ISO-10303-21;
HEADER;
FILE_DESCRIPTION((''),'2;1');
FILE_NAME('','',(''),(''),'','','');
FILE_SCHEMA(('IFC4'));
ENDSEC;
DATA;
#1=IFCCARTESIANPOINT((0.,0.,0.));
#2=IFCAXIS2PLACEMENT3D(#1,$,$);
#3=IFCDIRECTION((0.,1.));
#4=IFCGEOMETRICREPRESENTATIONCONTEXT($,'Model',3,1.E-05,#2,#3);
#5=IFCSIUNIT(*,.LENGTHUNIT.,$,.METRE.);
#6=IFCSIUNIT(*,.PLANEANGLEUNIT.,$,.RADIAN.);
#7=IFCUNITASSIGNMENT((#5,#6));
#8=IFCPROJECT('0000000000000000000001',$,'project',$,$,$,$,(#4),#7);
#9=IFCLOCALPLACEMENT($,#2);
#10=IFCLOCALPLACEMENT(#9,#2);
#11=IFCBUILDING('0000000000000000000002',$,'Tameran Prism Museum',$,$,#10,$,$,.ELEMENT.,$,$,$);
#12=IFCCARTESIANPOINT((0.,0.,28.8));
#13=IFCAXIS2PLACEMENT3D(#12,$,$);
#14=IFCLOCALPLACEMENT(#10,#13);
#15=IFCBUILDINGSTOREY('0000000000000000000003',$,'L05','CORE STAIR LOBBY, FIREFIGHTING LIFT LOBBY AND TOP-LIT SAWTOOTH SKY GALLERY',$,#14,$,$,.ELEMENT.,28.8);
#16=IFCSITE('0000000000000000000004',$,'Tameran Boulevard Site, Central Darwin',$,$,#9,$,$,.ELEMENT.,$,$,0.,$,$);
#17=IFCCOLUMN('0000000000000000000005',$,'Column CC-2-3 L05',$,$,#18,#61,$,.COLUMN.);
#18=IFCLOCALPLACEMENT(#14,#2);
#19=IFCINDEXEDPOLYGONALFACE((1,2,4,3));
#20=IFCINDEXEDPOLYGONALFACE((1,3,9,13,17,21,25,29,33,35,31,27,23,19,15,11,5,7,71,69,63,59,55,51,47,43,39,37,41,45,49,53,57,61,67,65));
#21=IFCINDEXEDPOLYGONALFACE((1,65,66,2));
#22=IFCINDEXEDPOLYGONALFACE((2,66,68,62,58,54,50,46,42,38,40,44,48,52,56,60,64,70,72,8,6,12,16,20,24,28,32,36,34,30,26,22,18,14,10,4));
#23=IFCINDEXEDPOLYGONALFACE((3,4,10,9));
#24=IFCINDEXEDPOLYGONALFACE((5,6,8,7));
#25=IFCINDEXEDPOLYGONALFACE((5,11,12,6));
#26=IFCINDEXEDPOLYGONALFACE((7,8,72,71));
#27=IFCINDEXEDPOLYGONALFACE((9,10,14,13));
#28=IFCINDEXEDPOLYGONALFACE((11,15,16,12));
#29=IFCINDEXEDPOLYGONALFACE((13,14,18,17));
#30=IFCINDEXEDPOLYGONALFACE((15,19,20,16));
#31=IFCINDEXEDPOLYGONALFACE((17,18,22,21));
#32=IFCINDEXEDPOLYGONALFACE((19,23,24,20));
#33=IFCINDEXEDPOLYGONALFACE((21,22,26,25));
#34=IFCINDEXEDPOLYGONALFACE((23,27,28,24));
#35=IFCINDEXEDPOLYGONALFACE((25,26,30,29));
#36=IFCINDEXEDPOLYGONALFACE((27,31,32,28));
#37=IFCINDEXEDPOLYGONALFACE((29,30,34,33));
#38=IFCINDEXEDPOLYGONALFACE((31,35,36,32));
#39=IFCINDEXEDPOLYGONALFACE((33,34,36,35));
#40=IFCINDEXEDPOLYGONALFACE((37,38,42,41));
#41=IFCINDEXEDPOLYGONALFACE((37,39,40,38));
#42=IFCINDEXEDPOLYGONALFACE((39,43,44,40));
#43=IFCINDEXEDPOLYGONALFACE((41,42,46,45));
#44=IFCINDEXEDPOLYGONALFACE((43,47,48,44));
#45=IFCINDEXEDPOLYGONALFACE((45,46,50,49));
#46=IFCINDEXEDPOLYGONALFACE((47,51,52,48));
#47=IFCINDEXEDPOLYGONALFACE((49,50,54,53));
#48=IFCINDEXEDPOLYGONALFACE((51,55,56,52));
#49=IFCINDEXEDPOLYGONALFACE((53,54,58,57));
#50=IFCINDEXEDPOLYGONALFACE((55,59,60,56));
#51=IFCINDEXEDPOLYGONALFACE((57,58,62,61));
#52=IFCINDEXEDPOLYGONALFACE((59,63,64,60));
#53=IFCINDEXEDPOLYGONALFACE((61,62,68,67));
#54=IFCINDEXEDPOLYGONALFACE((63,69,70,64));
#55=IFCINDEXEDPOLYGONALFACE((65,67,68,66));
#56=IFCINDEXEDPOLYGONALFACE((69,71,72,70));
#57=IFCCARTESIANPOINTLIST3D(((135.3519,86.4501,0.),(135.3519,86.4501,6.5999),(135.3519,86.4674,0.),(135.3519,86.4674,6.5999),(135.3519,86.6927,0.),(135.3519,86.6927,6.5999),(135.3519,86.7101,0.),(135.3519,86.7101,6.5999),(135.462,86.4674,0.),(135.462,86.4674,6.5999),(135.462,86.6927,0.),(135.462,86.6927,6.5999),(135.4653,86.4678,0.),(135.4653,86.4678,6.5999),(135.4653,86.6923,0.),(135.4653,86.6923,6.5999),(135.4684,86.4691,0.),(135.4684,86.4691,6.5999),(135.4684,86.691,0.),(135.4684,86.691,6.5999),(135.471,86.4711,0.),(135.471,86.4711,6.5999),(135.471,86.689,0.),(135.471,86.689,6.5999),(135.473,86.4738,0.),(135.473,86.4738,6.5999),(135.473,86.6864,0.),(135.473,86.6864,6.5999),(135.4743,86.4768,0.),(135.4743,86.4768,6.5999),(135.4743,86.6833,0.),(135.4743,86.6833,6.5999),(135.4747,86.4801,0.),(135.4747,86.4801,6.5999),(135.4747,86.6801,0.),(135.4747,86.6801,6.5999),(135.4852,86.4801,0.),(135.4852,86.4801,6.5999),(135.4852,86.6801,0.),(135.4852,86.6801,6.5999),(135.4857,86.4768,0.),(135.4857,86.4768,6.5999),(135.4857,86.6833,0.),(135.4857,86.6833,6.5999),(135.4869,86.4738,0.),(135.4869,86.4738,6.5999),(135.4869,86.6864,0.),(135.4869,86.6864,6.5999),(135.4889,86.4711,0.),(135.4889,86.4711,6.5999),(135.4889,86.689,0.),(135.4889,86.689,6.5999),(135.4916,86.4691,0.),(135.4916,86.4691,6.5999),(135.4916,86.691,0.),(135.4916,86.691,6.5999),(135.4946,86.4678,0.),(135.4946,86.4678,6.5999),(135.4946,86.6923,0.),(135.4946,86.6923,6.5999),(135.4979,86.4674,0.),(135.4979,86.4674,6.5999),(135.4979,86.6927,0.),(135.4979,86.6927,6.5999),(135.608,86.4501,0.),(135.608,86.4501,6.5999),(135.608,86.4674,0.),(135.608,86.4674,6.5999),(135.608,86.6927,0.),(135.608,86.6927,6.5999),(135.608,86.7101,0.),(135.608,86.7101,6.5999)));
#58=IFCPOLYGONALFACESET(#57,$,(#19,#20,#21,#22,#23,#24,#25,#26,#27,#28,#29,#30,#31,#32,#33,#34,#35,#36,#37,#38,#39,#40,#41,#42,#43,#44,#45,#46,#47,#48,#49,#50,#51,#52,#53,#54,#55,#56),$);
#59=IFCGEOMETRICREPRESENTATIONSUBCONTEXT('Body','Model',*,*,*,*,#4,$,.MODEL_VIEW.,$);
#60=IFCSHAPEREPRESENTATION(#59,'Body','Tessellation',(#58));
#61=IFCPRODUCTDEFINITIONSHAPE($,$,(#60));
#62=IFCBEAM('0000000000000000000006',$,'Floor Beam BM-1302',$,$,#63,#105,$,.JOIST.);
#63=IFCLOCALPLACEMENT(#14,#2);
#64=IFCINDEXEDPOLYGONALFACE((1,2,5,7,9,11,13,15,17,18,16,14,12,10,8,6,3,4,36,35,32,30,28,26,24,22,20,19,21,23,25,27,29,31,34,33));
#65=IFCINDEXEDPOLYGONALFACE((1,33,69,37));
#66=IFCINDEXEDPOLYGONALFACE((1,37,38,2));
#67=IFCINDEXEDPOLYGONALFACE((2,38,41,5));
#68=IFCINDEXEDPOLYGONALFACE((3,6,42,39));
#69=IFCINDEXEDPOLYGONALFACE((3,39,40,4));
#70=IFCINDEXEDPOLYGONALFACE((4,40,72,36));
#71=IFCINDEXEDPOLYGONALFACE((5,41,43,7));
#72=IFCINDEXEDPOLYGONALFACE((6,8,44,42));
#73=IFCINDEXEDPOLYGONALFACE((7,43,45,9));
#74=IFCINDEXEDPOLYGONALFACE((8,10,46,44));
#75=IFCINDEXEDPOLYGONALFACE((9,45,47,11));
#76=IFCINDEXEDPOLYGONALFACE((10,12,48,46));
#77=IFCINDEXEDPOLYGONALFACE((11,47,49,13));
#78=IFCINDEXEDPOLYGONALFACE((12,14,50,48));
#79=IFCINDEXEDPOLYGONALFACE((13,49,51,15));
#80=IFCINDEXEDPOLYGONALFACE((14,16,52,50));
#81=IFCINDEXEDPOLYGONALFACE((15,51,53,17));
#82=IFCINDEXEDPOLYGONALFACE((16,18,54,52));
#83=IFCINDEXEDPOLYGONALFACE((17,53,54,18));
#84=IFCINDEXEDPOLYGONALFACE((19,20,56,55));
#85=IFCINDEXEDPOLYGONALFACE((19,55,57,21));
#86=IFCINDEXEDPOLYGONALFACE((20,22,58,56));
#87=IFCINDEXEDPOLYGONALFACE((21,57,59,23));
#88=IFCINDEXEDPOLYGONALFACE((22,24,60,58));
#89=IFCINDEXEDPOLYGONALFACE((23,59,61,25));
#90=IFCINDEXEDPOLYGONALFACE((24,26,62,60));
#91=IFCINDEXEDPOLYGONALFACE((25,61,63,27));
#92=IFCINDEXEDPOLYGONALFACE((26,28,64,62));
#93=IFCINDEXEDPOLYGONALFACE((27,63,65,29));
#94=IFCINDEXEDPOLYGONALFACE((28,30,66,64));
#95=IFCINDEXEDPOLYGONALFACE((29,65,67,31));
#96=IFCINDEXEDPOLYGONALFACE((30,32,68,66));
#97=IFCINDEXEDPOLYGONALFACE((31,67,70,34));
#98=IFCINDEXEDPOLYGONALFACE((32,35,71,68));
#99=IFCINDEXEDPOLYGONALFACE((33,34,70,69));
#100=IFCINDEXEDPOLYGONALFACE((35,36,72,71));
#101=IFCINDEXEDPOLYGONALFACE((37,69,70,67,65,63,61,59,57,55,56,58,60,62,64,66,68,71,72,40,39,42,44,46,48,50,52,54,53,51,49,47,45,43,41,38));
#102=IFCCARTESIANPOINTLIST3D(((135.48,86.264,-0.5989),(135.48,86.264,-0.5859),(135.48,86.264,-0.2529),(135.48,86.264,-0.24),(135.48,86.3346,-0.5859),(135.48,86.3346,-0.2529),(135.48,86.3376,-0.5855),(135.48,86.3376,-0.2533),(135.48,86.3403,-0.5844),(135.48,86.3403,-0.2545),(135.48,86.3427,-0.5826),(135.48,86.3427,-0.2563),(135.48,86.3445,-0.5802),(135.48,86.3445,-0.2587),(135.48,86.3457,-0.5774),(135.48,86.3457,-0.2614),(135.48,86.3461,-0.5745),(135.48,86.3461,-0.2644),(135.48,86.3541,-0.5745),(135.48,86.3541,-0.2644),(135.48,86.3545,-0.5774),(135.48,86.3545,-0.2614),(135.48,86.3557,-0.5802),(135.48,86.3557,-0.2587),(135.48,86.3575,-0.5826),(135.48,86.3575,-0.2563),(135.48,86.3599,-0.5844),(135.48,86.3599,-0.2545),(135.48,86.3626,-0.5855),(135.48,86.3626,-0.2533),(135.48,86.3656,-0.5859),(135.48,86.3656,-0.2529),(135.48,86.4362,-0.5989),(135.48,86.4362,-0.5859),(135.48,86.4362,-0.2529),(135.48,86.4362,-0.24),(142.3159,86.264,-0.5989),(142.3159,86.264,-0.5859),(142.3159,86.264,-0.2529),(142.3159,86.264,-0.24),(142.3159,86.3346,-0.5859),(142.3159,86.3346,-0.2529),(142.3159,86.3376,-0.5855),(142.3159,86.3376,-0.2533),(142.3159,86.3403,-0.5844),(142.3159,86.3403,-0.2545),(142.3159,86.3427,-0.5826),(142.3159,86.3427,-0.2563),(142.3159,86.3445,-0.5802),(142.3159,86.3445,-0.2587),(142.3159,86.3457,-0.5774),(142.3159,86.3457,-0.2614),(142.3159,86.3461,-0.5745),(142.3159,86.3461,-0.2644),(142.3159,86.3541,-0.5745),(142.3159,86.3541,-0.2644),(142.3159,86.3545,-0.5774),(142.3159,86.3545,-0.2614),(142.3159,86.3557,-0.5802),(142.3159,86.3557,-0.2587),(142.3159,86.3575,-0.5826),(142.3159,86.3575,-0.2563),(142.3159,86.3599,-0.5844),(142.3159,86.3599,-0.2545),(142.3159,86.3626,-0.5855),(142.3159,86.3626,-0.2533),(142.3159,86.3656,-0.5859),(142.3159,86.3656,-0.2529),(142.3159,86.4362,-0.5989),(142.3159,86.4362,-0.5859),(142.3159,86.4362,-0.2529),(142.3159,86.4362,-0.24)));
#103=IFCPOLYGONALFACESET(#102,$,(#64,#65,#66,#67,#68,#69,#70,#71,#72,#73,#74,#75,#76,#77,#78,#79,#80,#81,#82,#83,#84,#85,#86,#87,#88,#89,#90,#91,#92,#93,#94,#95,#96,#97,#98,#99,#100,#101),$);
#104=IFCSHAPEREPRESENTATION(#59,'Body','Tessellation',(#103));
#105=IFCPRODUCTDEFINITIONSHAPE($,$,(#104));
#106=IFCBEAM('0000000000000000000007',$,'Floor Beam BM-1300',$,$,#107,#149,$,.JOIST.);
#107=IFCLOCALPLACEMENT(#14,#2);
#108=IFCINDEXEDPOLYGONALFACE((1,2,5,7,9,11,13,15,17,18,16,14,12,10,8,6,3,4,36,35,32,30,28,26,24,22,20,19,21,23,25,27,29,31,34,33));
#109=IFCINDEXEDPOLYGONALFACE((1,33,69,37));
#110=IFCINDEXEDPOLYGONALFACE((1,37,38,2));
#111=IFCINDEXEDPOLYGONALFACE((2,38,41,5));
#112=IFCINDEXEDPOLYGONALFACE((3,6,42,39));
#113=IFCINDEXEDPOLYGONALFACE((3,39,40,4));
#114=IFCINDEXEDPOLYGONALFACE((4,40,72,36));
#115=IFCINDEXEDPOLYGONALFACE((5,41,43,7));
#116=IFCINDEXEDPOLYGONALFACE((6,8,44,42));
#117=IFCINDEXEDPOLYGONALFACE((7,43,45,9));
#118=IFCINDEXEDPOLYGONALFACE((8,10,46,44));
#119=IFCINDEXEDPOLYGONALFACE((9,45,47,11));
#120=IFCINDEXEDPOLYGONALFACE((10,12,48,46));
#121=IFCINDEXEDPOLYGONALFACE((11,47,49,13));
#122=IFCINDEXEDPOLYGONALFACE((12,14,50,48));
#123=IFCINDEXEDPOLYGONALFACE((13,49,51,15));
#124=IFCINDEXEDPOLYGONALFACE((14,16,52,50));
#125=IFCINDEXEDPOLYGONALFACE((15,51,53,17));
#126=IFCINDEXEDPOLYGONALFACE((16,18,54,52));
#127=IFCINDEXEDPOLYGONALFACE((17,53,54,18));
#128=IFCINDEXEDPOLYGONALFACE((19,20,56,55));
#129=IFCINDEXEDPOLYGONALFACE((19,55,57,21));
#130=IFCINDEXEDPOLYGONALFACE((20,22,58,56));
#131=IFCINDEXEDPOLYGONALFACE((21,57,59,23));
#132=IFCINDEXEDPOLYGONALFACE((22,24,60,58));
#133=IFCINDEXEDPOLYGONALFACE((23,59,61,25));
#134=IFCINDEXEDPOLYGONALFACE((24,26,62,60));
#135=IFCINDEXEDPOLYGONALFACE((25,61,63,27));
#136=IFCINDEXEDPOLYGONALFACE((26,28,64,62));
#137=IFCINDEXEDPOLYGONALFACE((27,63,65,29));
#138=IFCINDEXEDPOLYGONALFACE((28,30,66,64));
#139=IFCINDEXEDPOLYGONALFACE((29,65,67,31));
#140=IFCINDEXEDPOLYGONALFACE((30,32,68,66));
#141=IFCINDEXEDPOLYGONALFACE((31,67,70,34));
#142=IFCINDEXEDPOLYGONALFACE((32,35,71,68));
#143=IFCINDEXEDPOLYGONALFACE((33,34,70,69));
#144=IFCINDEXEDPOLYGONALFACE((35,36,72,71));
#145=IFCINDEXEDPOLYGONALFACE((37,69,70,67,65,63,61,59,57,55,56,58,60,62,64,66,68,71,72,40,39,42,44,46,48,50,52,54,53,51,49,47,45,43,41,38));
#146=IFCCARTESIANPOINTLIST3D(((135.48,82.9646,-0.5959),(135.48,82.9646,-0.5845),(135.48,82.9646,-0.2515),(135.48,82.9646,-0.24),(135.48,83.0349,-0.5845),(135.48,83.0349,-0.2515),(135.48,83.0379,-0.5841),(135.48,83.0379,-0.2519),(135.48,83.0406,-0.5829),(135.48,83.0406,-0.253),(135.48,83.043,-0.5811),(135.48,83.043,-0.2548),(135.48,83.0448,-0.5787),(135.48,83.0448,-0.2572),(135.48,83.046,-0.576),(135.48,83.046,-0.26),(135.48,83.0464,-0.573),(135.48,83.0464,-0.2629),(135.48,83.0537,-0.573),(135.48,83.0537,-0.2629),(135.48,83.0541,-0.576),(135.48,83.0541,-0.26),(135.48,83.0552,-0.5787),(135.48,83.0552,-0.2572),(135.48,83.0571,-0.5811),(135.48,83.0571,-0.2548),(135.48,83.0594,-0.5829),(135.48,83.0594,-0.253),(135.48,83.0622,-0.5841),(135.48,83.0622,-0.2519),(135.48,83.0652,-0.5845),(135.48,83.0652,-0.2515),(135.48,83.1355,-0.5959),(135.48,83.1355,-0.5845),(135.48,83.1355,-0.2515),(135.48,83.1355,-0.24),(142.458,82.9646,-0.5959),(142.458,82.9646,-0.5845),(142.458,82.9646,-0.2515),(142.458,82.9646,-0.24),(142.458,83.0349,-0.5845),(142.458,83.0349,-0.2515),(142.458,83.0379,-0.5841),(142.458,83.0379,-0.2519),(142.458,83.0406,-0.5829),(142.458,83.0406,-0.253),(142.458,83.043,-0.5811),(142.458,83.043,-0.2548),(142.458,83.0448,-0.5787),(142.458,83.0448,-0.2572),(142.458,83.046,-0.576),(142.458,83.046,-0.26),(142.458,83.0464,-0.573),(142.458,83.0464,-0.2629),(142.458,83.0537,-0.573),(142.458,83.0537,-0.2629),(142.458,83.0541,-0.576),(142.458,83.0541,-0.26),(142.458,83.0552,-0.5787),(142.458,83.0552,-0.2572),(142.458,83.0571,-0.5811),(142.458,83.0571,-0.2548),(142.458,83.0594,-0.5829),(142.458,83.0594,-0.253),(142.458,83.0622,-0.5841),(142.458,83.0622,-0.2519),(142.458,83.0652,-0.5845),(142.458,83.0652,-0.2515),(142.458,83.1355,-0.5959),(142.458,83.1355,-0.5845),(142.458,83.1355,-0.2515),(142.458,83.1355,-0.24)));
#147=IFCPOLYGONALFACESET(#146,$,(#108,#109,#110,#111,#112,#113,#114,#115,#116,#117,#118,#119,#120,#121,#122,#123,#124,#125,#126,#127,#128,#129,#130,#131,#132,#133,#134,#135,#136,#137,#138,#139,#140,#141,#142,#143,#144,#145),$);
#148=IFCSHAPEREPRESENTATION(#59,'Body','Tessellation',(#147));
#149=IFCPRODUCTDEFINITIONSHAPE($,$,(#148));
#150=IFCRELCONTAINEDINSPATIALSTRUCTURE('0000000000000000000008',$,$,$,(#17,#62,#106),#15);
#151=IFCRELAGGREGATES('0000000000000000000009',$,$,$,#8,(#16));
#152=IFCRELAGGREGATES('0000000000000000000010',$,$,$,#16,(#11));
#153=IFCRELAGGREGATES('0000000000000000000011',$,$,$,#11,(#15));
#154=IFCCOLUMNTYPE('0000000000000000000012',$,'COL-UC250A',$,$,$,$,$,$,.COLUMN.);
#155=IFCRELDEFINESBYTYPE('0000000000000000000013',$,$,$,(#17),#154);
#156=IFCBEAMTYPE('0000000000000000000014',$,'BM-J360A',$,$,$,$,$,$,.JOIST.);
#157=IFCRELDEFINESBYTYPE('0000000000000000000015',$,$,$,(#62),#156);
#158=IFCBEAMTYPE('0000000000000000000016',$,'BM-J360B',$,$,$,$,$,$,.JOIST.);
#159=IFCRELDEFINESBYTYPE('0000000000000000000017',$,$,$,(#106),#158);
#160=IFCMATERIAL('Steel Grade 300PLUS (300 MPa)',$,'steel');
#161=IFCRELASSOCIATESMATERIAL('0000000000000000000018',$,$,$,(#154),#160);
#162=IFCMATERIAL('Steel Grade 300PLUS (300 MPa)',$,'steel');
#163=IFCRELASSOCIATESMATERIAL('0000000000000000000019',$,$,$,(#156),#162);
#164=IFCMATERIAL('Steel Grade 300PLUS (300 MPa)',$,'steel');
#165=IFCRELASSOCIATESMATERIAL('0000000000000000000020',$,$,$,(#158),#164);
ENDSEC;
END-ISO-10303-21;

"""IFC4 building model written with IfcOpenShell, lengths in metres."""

from ifc_helpers import new_model, si_unit, direction, frame, origin, origin_2d, place, context, subcontext, project, spatial, i_section, extrude, material, material_profile, profile_set, type_object, element, save


model = new_model("IFC4")

# Units and contexts
model_context = context("Model", 3, precision=1e-05, world=origin(), true_north=direction((0.0, 1.0)))
body_context = subcontext(model_context, "Body", "Model", "MODEL_VIEW")
ifc_project = project(units=[si_unit("LENGTHUNIT", "METRE"), si_unit("PLANEANGLEUNIT", "RADIAN")], contexts=[model_context])

# Site, building, storey
site_placement = place(None, origin())
site = spatial("IfcSite", under=ifc_project, at=site_placement, Name="Tameran Boulevard Site, Central Darwin", CompositionType="ELEMENT", RefElevation=0.0)
building_placement = place(site_placement, origin())
building = spatial("IfcBuilding", under=site, at=building_placement, Name="Tameran Prism Museum", CompositionType="ELEMENT")
storey_placement = place(building_placement, frame((0.0, 0.0, 28.8)))
storey = spatial("IfcBuildingStorey", under=building, at=storey_placement, Name="L05", Description="CORE STAIR LOBBY, FIREFIGHTING LIFT LOBBY AND TOP-LIT SAWTOOTH SKY GALLERY", CompositionType="ELEMENT", Elevation=28.8)

# Column
ifc_material_1 = material(Name="Steel Grade 300PLUS (300 MPa)", Category="steel")
ifc_material_profile_1 = material_profile(ifc_material_1, i_section(OverallWidth=0.2561, OverallDepth=0.26, WebThickness=0.0105, FlangeThickness=0.0173, FilletRadius=0.0127, at=origin_2d()))
ifc_profile_set_1 = profile_set([ifc_material_profile_1])
column_type = type_object("IfcColumnType", Name="COL-UC250A", PredefinedType="COLUMN", material=ifc_profile_set_1)
column_placement = place(storey_placement, frame((135.48, 86.5801, 0.0), z_axis=(0.0, 0.0, 1.0), x_axis=(1.0, 0.0, 0.0)))
element("IfcColumn", 1, at=column_placement, inside=storey, type_object=column_type, Name="Column CC-2-3 L05", PredefinedType="COLUMN", context=body_context, shape_type="SweptSolid", body=[
    extrude(i_section(OverallWidth=0.2561, OverallDepth=0.26, WebThickness=0.0105, FlangeThickness=0.0173, FilletRadius=0.0127, at=origin_2d()), origin(), (0.0, 0.0, 1.0), 6.5999),
])

# Beams
ifc_material_2 = material(Name="Steel Grade 300PLUS (300 MPa)", Category="steel")
ifc_material_profile_2 = material_profile(ifc_material_2, i_section(OverallWidth=0.1721, OverallDepth=0.3589, WebThickness=0.0081, FlangeThickness=0.0129, FilletRadius=0.0115, at=origin_2d()))
ifc_profile_set_2 = profile_set([ifc_material_profile_2])
beam_type_1 = type_object("IfcBeamType", Name="BM-J360A", PredefinedType="JOIST", material=ifc_profile_set_2)
beam_1_placement = place(storey_placement, frame((135.48, 86.3501, -0.4194), z_axis=(1.0, 0.0, 0.0), x_axis=(0.0, 1.0, 0.0)))
element("IfcBeam", 2, at=beam_1_placement, inside=storey, type_object=beam_type_1, Name="Floor Beam BM-1302", PredefinedType="JOIST", context=body_context, shape_type="SweptSolid", body=[
    extrude(i_section(OverallWidth=0.1721, OverallDepth=0.3589, WebThickness=0.0081, FlangeThickness=0.0129, FilletRadius=0.0115, at=origin_2d()), origin(), (0.0, 0.0, 1.0), 6.8359),
])
ifc_material_3 = material(Name="Steel Grade 300PLUS (300 MPa)", Category="steel")
ifc_material_profile_3 = material_profile(ifc_material_3, i_section(OverallWidth=0.1709, OverallDepth=0.356, WebThickness=0.0073, FlangeThickness=0.0115, FilletRadius=0.0115, at=origin_2d()))
ifc_profile_set_3 = profile_set([ifc_material_profile_3])
beam_type_2 = type_object("IfcBeamType", Name="BM-J360B", PredefinedType="JOIST", material=ifc_profile_set_3)
beam_2_placement = place(storey_placement, frame((135.48, 83.05, -0.418), z_axis=(1.0, 0.0, 0.0), x_axis=(0.0, 1.0, 0.0)))
element("IfcBeam", 3, at=beam_2_placement, inside=storey, type_object=beam_type_2, Name="Floor Beam BM-1300", PredefinedType="JOIST", context=body_context, shape_type="SweptSolid", body=[
    extrude(i_section(OverallWidth=0.1709, OverallDepth=0.356, WebThickness=0.0073, FlangeThickness=0.0115, FilletRadius=0.0115, at=origin_2d()), origin(), (0.0, 0.0, 1.0), 6.978),
])

save(model, "model.ifc")
